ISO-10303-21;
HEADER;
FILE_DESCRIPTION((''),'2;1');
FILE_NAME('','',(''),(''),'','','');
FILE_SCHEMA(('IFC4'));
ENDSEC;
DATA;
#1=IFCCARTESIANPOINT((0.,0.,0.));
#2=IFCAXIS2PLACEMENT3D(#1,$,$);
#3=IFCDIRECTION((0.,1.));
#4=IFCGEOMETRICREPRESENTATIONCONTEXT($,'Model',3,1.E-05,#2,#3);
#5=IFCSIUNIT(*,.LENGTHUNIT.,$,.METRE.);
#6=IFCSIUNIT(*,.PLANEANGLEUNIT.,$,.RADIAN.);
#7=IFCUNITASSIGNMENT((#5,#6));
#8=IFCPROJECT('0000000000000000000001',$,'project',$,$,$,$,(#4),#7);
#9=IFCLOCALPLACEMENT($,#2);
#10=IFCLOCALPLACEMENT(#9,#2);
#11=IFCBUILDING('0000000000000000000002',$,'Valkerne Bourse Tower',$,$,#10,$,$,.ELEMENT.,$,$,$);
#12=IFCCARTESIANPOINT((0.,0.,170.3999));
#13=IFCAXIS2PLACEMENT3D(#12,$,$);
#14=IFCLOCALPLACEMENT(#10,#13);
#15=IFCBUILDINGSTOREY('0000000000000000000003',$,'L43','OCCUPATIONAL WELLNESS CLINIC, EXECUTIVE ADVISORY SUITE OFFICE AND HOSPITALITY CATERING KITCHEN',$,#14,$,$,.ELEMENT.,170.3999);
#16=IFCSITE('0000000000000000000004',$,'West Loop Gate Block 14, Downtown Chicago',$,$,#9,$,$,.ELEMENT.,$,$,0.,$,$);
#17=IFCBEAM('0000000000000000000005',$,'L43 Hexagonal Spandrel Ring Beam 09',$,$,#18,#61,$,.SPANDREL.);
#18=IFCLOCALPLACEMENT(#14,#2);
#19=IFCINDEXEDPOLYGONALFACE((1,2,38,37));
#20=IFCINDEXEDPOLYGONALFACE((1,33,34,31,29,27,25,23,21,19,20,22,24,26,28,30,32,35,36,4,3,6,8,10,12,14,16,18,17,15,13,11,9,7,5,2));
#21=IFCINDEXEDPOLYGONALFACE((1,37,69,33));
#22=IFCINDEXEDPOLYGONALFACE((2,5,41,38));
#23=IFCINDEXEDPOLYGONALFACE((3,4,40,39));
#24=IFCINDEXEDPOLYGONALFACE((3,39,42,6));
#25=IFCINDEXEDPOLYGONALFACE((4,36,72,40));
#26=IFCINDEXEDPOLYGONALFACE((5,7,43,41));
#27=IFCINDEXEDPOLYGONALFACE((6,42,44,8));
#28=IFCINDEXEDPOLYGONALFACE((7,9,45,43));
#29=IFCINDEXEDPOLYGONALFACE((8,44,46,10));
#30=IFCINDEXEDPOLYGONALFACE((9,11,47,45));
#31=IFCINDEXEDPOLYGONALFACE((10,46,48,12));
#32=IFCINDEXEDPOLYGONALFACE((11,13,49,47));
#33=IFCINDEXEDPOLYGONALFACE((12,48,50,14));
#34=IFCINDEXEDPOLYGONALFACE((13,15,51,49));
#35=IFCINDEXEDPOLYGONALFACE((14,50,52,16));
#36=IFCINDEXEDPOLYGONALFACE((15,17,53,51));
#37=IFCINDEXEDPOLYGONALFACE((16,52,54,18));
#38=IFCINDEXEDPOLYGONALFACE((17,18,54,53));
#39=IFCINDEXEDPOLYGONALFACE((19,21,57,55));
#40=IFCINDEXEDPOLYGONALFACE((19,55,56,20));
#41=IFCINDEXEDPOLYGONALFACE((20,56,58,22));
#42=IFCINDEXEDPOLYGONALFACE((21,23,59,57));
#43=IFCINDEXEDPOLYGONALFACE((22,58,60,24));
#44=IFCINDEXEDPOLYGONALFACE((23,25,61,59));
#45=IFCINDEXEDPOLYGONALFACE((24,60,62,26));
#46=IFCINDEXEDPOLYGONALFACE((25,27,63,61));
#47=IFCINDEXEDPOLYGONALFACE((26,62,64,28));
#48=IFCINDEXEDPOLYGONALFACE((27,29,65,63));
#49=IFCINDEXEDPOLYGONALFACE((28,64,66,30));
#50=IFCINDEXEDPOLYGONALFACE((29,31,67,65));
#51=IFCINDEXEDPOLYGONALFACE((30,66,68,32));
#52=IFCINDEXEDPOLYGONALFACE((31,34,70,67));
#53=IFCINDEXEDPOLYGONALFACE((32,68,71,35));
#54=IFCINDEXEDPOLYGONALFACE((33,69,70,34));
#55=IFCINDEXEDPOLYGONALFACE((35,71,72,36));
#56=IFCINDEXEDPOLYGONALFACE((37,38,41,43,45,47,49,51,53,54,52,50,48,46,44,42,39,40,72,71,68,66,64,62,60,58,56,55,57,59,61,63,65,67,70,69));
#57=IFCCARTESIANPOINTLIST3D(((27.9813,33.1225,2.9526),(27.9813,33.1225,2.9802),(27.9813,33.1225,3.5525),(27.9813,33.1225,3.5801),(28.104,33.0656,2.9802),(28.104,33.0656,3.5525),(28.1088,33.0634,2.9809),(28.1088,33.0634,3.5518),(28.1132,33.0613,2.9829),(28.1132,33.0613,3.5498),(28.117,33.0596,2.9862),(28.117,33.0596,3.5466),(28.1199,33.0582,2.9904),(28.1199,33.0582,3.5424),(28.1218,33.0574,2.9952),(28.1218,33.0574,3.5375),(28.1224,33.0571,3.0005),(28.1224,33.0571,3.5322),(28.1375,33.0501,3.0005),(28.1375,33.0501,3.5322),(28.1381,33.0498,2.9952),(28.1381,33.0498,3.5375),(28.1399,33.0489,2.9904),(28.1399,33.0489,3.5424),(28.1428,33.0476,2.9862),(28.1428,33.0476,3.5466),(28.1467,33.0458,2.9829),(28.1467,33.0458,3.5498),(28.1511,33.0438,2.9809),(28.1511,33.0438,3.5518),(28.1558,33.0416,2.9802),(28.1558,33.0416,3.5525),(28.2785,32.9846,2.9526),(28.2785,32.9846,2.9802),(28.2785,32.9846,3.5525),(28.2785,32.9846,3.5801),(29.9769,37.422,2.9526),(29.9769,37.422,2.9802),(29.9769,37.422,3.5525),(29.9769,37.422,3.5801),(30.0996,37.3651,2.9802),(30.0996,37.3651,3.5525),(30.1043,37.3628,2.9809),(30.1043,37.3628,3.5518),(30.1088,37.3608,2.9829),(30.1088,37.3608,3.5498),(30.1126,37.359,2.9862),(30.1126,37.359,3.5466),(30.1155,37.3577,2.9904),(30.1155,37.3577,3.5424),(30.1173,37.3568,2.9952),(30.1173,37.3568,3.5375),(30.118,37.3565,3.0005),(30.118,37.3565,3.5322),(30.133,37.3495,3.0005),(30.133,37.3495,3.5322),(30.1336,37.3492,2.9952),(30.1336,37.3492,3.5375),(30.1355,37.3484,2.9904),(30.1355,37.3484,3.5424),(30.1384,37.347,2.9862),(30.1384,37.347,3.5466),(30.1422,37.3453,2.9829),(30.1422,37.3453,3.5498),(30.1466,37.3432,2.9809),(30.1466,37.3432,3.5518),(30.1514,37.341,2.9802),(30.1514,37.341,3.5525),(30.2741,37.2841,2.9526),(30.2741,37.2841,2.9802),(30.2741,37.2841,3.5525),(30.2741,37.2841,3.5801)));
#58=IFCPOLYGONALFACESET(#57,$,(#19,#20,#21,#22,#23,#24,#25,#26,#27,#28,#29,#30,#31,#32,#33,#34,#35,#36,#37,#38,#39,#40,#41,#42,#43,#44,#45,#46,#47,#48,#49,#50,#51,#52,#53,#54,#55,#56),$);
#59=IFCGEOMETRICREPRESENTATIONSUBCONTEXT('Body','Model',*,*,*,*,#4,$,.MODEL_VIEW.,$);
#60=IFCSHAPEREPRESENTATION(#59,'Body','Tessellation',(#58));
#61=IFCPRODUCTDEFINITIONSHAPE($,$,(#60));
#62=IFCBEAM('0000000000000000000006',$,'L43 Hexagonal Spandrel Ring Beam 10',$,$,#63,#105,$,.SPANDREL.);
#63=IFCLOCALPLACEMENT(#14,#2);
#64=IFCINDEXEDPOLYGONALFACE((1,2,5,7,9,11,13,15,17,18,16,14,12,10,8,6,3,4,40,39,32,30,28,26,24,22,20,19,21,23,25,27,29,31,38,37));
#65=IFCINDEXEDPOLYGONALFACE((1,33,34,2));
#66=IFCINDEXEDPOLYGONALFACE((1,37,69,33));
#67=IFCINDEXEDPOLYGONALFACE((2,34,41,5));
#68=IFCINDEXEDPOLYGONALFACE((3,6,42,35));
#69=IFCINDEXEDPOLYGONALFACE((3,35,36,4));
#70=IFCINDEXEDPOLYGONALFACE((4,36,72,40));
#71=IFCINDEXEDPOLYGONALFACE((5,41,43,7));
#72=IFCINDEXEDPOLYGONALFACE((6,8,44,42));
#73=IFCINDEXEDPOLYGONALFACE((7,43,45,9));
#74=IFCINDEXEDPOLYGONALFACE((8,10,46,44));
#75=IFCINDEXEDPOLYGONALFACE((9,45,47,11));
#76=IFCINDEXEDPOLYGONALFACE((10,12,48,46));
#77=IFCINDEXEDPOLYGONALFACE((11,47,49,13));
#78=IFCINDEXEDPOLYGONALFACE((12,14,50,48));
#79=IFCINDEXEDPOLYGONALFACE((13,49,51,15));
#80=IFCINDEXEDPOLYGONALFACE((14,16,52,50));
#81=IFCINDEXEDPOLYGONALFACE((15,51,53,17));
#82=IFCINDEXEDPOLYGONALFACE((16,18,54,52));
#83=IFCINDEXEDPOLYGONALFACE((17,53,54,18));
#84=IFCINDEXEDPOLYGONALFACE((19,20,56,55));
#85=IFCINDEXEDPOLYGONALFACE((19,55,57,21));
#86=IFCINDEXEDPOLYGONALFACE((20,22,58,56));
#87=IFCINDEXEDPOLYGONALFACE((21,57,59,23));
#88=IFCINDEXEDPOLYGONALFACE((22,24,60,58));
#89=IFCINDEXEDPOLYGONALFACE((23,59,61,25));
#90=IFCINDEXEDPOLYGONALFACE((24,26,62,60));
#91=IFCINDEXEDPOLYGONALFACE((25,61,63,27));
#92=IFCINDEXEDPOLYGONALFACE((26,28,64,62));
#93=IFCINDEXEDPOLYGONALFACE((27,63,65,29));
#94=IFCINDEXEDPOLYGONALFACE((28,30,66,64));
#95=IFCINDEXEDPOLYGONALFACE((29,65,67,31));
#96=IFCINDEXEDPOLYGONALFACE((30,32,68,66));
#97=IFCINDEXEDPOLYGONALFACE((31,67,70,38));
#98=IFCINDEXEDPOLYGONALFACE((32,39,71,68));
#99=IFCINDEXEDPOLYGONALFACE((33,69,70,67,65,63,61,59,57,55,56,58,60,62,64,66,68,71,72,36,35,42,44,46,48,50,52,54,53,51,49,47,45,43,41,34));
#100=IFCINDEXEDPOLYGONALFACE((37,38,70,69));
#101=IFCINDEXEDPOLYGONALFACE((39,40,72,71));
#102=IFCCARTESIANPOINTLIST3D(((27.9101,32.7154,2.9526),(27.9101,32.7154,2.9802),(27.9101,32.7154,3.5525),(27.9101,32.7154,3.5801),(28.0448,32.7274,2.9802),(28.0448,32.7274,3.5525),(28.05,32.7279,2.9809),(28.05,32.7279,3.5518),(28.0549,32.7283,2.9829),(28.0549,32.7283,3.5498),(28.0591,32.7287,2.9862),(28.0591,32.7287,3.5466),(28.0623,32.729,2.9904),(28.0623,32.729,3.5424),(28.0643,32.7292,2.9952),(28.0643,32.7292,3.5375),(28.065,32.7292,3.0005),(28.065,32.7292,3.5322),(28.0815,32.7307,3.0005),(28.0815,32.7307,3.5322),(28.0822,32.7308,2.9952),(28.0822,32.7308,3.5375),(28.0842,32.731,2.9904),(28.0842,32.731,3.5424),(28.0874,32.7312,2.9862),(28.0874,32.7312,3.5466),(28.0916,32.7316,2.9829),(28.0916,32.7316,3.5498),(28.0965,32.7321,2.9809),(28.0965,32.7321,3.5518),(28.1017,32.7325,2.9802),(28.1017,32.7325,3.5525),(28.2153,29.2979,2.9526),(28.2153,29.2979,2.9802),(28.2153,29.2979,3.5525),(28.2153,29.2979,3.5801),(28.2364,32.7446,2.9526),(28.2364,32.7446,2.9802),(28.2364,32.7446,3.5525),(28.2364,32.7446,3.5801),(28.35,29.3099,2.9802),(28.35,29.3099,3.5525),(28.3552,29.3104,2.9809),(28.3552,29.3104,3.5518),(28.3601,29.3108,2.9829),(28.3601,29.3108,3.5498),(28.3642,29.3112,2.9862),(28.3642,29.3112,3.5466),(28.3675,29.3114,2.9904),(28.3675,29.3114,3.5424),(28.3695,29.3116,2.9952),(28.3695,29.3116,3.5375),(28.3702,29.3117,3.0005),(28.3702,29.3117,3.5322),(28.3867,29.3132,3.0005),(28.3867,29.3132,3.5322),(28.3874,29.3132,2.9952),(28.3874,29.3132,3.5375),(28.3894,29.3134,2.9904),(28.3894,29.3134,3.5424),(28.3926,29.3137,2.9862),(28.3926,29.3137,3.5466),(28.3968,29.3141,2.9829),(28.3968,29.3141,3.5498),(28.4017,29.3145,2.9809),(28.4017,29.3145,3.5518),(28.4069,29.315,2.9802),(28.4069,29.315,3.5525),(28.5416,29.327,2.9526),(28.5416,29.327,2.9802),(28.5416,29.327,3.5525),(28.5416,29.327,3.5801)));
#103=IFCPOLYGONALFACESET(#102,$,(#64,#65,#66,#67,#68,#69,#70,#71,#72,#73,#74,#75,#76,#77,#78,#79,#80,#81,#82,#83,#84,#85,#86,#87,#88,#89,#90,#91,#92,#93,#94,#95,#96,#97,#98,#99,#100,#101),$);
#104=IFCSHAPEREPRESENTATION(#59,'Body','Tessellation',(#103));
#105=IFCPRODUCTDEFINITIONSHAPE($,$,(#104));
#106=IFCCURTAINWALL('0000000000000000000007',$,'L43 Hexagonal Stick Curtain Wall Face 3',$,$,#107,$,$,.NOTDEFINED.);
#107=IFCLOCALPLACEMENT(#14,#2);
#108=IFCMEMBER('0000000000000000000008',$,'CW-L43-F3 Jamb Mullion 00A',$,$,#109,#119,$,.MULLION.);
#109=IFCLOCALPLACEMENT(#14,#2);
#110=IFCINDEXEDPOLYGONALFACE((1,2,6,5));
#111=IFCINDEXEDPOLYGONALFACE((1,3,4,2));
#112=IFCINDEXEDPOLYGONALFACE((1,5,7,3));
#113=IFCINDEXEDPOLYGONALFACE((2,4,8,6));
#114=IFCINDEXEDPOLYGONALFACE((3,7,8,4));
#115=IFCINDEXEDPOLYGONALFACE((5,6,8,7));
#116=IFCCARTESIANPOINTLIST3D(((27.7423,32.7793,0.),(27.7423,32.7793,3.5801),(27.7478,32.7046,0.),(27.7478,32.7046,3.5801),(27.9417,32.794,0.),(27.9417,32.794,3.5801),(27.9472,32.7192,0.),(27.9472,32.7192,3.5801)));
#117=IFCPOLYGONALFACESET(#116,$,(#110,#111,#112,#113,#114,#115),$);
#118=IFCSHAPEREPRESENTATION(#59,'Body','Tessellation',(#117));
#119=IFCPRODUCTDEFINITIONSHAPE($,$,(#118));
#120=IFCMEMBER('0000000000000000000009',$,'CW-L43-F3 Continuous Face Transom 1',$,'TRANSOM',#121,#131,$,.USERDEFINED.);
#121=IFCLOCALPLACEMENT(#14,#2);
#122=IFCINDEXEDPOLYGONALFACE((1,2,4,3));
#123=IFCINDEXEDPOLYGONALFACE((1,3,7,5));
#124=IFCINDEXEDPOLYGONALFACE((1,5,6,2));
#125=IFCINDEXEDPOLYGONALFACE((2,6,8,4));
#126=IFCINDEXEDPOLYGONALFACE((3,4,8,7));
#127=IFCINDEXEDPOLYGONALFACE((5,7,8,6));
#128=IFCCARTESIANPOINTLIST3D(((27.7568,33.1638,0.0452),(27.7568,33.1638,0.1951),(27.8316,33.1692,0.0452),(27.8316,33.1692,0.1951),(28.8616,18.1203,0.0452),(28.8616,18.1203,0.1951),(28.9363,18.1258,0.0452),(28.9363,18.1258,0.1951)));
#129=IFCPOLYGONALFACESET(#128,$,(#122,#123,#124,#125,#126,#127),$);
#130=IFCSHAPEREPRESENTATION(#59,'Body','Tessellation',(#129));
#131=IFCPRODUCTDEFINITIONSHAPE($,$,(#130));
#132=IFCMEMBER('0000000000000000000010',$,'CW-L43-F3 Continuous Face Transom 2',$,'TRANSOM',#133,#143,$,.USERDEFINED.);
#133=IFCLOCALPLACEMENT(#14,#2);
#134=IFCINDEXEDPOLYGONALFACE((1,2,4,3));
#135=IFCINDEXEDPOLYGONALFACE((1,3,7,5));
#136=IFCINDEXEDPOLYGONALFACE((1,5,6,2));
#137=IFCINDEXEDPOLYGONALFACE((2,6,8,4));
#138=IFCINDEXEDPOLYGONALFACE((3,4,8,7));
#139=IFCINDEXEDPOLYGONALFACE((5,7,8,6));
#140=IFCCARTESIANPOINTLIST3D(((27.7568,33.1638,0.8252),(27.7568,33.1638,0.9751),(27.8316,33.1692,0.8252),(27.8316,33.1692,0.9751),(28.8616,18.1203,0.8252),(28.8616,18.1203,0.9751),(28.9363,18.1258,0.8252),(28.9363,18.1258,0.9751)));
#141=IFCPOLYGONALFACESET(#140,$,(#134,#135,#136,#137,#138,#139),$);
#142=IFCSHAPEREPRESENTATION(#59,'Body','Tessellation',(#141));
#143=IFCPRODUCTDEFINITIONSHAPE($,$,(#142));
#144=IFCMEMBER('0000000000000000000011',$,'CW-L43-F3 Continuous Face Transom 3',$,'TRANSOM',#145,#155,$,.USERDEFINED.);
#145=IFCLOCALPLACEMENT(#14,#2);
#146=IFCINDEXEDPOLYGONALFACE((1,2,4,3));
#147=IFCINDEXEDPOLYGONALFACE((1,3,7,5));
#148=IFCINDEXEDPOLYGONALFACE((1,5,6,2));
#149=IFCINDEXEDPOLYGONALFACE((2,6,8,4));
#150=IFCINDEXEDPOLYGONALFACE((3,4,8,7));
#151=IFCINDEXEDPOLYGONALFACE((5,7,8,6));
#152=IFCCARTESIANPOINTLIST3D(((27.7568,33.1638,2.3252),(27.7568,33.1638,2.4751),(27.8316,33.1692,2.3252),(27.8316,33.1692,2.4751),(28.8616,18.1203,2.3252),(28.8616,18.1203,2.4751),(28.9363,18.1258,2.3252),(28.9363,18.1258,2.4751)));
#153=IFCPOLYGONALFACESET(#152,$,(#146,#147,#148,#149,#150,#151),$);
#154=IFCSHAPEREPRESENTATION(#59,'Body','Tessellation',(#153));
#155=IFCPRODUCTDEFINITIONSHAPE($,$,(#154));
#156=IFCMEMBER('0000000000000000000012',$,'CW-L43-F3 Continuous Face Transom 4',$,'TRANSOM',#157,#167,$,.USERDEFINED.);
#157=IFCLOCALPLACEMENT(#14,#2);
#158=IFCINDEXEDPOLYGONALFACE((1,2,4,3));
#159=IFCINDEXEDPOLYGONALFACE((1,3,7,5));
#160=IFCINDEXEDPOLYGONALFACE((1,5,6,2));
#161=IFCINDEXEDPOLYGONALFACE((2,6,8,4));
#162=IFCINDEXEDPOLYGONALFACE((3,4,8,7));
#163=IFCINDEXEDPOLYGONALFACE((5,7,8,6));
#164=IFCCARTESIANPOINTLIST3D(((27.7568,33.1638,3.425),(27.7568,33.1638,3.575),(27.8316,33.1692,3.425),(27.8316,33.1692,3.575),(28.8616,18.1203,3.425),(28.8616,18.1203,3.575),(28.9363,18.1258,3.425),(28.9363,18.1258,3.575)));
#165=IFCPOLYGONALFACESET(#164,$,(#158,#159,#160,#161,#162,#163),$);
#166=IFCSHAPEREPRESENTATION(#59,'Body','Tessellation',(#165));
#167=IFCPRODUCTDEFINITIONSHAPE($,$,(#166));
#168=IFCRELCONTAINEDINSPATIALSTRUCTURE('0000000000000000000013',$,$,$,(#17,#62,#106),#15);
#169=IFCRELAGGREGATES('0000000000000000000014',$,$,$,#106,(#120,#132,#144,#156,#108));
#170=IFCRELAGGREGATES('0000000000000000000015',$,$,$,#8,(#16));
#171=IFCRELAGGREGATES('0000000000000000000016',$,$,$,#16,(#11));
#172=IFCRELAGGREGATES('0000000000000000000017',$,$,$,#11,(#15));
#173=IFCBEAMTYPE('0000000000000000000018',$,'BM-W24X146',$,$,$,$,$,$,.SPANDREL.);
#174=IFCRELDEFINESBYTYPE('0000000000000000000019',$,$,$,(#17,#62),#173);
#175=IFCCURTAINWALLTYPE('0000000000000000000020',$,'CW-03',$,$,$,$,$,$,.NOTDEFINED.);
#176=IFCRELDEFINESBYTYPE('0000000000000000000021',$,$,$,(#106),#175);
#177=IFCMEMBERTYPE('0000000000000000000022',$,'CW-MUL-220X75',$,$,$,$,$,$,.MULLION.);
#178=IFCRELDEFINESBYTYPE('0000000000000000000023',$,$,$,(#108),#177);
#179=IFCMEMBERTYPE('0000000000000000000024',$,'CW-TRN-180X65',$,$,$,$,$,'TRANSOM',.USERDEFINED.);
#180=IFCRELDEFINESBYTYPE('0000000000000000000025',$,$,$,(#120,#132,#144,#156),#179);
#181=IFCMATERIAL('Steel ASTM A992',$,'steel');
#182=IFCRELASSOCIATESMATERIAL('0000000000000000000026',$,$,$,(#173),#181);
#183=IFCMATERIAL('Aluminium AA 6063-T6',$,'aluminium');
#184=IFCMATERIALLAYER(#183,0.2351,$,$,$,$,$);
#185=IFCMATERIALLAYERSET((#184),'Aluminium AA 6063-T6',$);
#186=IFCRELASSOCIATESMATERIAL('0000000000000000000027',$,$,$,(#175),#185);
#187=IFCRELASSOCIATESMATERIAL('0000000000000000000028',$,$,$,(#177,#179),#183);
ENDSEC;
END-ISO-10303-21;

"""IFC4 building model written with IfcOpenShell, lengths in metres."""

from ifc_helpers import new_model, si_unit, direction, frame, origin, origin_2d, place, context, subcontext, project, spatial, rectangle, i_section, extrude, material, layer, layer_set, material_profile, profile_set, type_object, element, aggregate, save


model = new_model("IFC4")

# Units and contexts
model_context = context("Model", 3, precision=1e-05, world=origin(), true_north=direction((0.0, 1.0)))
body_context = subcontext(model_context, "Body", "Model", "MODEL_VIEW")
ifc_project = project(units=[si_unit("LENGTHUNIT", "METRE"), si_unit("PLANEANGLEUNIT", "RADIAN")], contexts=[model_context])

# Site, building, storey
site_placement = place(None, origin())
site = spatial("IfcSite", under=ifc_project, at=site_placement, Name="West Loop Gate Block 14, Downtown Chicago", CompositionType="ELEMENT", RefElevation=0.0)
building_placement = place(site_placement, origin())
building = spatial("IfcBuilding", under=site, at=building_placement, Name="Valkerne Bourse Tower", CompositionType="ELEMENT")
storey_placement = place(building_placement, frame((0.0, 0.0, 170.3999)))
storey = spatial("IfcBuildingStorey", under=building, at=storey_placement, Name="L43", Description="OCCUPATIONAL WELLNESS CLINIC, EXECUTIVE ADVISORY SUITE OFFICE AND HOSPITALITY CATERING KITCHEN", CompositionType="ELEMENT", Elevation=170.3999)

# Beams
ifc_material_1 = material(Name="Steel ASTM A992", Category="steel")
ifc_material_profile_1 = material_profile(ifc_material_1, i_section(OverallWidth=0.3276, OverallDepth=0.6274, WebThickness=0.0166, FlangeThickness=0.0276, FilletRadius=0.0203, at=origin_2d()), Name="W24X146")
ifc_profile_set_1 = profile_set([ifc_material_profile_1], Name="Steel ASTM A992")
beam_type_1 = type_object("IfcBeamType", Name="BM-W24X146", PredefinedType="SPANDREL", material=ifc_profile_set_1)
beam_1_placement = place(storey_placement, frame((30.1255, 37.353, 3.2664), z_axis=(-0.421004, -0.907059, 0.0), x_axis=(0.907059, -0.421004, 0.0)))
element("IfcBeam", 1, at=beam_1_placement, inside=storey, type_object=beam_type_1, Name="L43 Hexagonal Spandrel Ring Beam 09", PredefinedType="SPANDREL", context=body_context, shape_type="SweptSolid", body=[
    extrude(i_section(OverallWidth=0.3276, OverallDepth=0.6274, WebThickness=0.0166, FlangeThickness=0.0276, FilletRadius=0.0203, at=origin_2d()), origin(), (0.0, 0.0, 1.0), 4.74),
])
beam_2_placement = place(storey_placement, frame((28.0732, 32.73, 3.2664), z_axis=(0.088945, -0.996037, 0.0), x_axis=(0.996037, 0.088945, 0.0)))
element("IfcBeam", 2, at=beam_2_placement, inside=storey, type_object=beam_type_1, Name="L43 Hexagonal Spandrel Ring Beam 10", PredefinedType="SPANDREL", context=body_context, shape_type="SweptSolid", body=[
    extrude(i_section(OverallWidth=0.3276, OverallDepth=0.6274, WebThickness=0.0166, FlangeThickness=0.0276, FilletRadius=0.0203, at=origin_2d()), origin(), (0.0, 0.0, 1.0), 3.4312),
])

# Curtain wall, members
ifc_material_2 = material(Name="Aluminium AA 6063-T6", Category="aluminium")
ifc_layer_1 = layer(ifc_material_2, 0.2351)
ifc_layer_set_1 = layer_set([ifc_layer_1], Name="Aluminium AA 6063-T6")
curtain_wall_type = type_object("IfcCurtainWallType", Name="CW-03", PredefinedType="NOTDEFINED", material=ifc_layer_set_1)
curtain_wall_placement = place(storey_placement, origin())
curtain_wall = element("IfcCurtainWall", 3, at=curtain_wall_placement, inside=storey, type_object=curtain_wall_type, Name="L43 Hexagonal Stick Curtain Wall Face 3", PredefinedType="NOTDEFINED")
ifc_material_profile_2 = material_profile(ifc_material_2, rectangle(XDim=0.075, YDim=0.2, at=origin_2d()), Name="CWM-75X200")
ifc_profile_set_2 = profile_set([ifc_material_profile_2], Name="Aluminium AA 6063-T6")
member_type_1 = type_object("IfcMemberType", Name="CW-MUL-220X75", PredefinedType="MULLION", material=ifc_profile_set_2)
member_1_placement = place(storey_placement, frame((27.8447, 32.7493, 0.0), z_axis=(0.0, 0.0, 1.0), x_axis=(0.073243, -0.997314, 0.0)))
member_1 = element("IfcMember", 4, at=member_1_placement, type_object=member_type_1, Name="CW-L43-F3 Jamb Mullion 00A", PredefinedType="MULLION", context=body_context, shape_type="SweptSolid", body=[
    extrude(rectangle(XDim=0.075, YDim=0.2, at=origin_2d()), origin(), (0.0, 0.0, 1.0), 3.5801),
])
ifc_material_profile_3 = material_profile(ifc_material_2, rectangle(XDim=0.075, YDim=0.1499, at=origin_2d()), Name="CWT-75X150")
ifc_profile_set_3 = profile_set([ifc_material_profile_3], Name="Aluminium AA 6063-T6")
member_type_2 = type_object("IfcMemberType", Name="CW-TRN-180X65", ElementType="TRANSOM", PredefinedType="USERDEFINED", material=ifc_profile_set_3)
member_2_placement = place(storey_placement, frame((27.7942, 33.1665, 0.1201), z_axis=(0.073239, -0.997314, 0.0), x_axis=(0.997314, 0.073239, 0.0)))
member_2 = element("IfcMember", 5, at=member_2_placement, type_object=member_type_2, Name="CW-L43-F3 Continuous Face Transom 1", ObjectType="TRANSOM", PredefinedType="USERDEFINED", context=body_context, shape_type="SweptSolid", body=[
    extrude(rectangle(XDim=0.075, YDim=0.1499, at=origin_2d()), origin(), (0.0, 0.0, 1.0), 15.084),
])
member_3_placement = place(storey_placement, frame((27.7942, 33.1665, 0.9001), z_axis=(0.073239, -0.997314, 0.0), x_axis=(0.997314, 0.073239, 0.0)))
member_3 = element("IfcMember", 6, at=member_3_placement, type_object=member_type_2, Name="CW-L43-F3 Continuous Face Transom 2", ObjectType="TRANSOM", PredefinedType="USERDEFINED", context=body_context, shape_type="SweptSolid", body=[
    extrude(rectangle(XDim=0.075, YDim=0.1499, at=origin_2d()), origin(), (0.0, 0.0, 1.0), 15.084),
])
member_4_placement = place(storey_placement, frame((27.7942, 33.1665, 2.4001), z_axis=(0.073239, -0.997314, 0.0), x_axis=(0.997314, 0.073239, 0.0)))
member_4 = element("IfcMember", 7, at=member_4_placement, type_object=member_type_2, Name="CW-L43-F3 Continuous Face Transom 3", ObjectType="TRANSOM", PredefinedType="USERDEFINED", context=body_context, shape_type="SweptSolid", body=[
    extrude(rectangle(XDim=0.075, YDim=0.1499, at=origin_2d()), origin(), (0.0, 0.0, 1.0), 15.084),
])
member_5_placement = place(storey_placement, frame((27.7942, 33.1665, 3.5), z_axis=(0.073239, -0.997314, 0.0), x_axis=(0.997314, 0.073239, 0.0)))
member_5 = element("IfcMember", 8, at=member_5_placement, type_object=member_type_2, Name="CW-L43-F3 Continuous Face Transom 4", ObjectType="TRANSOM", PredefinedType="USERDEFINED", context=body_context, shape_type="SweptSolid", body=[
    extrude(rectangle(XDim=0.075, YDim=0.1499, at=origin_2d()), origin(), (0.0, 0.0, 1.0), 15.084),
])

aggregate(curtain_wall, [member_2, member_3, member_4, member_5, member_1])

save(model, "model.ifc")
